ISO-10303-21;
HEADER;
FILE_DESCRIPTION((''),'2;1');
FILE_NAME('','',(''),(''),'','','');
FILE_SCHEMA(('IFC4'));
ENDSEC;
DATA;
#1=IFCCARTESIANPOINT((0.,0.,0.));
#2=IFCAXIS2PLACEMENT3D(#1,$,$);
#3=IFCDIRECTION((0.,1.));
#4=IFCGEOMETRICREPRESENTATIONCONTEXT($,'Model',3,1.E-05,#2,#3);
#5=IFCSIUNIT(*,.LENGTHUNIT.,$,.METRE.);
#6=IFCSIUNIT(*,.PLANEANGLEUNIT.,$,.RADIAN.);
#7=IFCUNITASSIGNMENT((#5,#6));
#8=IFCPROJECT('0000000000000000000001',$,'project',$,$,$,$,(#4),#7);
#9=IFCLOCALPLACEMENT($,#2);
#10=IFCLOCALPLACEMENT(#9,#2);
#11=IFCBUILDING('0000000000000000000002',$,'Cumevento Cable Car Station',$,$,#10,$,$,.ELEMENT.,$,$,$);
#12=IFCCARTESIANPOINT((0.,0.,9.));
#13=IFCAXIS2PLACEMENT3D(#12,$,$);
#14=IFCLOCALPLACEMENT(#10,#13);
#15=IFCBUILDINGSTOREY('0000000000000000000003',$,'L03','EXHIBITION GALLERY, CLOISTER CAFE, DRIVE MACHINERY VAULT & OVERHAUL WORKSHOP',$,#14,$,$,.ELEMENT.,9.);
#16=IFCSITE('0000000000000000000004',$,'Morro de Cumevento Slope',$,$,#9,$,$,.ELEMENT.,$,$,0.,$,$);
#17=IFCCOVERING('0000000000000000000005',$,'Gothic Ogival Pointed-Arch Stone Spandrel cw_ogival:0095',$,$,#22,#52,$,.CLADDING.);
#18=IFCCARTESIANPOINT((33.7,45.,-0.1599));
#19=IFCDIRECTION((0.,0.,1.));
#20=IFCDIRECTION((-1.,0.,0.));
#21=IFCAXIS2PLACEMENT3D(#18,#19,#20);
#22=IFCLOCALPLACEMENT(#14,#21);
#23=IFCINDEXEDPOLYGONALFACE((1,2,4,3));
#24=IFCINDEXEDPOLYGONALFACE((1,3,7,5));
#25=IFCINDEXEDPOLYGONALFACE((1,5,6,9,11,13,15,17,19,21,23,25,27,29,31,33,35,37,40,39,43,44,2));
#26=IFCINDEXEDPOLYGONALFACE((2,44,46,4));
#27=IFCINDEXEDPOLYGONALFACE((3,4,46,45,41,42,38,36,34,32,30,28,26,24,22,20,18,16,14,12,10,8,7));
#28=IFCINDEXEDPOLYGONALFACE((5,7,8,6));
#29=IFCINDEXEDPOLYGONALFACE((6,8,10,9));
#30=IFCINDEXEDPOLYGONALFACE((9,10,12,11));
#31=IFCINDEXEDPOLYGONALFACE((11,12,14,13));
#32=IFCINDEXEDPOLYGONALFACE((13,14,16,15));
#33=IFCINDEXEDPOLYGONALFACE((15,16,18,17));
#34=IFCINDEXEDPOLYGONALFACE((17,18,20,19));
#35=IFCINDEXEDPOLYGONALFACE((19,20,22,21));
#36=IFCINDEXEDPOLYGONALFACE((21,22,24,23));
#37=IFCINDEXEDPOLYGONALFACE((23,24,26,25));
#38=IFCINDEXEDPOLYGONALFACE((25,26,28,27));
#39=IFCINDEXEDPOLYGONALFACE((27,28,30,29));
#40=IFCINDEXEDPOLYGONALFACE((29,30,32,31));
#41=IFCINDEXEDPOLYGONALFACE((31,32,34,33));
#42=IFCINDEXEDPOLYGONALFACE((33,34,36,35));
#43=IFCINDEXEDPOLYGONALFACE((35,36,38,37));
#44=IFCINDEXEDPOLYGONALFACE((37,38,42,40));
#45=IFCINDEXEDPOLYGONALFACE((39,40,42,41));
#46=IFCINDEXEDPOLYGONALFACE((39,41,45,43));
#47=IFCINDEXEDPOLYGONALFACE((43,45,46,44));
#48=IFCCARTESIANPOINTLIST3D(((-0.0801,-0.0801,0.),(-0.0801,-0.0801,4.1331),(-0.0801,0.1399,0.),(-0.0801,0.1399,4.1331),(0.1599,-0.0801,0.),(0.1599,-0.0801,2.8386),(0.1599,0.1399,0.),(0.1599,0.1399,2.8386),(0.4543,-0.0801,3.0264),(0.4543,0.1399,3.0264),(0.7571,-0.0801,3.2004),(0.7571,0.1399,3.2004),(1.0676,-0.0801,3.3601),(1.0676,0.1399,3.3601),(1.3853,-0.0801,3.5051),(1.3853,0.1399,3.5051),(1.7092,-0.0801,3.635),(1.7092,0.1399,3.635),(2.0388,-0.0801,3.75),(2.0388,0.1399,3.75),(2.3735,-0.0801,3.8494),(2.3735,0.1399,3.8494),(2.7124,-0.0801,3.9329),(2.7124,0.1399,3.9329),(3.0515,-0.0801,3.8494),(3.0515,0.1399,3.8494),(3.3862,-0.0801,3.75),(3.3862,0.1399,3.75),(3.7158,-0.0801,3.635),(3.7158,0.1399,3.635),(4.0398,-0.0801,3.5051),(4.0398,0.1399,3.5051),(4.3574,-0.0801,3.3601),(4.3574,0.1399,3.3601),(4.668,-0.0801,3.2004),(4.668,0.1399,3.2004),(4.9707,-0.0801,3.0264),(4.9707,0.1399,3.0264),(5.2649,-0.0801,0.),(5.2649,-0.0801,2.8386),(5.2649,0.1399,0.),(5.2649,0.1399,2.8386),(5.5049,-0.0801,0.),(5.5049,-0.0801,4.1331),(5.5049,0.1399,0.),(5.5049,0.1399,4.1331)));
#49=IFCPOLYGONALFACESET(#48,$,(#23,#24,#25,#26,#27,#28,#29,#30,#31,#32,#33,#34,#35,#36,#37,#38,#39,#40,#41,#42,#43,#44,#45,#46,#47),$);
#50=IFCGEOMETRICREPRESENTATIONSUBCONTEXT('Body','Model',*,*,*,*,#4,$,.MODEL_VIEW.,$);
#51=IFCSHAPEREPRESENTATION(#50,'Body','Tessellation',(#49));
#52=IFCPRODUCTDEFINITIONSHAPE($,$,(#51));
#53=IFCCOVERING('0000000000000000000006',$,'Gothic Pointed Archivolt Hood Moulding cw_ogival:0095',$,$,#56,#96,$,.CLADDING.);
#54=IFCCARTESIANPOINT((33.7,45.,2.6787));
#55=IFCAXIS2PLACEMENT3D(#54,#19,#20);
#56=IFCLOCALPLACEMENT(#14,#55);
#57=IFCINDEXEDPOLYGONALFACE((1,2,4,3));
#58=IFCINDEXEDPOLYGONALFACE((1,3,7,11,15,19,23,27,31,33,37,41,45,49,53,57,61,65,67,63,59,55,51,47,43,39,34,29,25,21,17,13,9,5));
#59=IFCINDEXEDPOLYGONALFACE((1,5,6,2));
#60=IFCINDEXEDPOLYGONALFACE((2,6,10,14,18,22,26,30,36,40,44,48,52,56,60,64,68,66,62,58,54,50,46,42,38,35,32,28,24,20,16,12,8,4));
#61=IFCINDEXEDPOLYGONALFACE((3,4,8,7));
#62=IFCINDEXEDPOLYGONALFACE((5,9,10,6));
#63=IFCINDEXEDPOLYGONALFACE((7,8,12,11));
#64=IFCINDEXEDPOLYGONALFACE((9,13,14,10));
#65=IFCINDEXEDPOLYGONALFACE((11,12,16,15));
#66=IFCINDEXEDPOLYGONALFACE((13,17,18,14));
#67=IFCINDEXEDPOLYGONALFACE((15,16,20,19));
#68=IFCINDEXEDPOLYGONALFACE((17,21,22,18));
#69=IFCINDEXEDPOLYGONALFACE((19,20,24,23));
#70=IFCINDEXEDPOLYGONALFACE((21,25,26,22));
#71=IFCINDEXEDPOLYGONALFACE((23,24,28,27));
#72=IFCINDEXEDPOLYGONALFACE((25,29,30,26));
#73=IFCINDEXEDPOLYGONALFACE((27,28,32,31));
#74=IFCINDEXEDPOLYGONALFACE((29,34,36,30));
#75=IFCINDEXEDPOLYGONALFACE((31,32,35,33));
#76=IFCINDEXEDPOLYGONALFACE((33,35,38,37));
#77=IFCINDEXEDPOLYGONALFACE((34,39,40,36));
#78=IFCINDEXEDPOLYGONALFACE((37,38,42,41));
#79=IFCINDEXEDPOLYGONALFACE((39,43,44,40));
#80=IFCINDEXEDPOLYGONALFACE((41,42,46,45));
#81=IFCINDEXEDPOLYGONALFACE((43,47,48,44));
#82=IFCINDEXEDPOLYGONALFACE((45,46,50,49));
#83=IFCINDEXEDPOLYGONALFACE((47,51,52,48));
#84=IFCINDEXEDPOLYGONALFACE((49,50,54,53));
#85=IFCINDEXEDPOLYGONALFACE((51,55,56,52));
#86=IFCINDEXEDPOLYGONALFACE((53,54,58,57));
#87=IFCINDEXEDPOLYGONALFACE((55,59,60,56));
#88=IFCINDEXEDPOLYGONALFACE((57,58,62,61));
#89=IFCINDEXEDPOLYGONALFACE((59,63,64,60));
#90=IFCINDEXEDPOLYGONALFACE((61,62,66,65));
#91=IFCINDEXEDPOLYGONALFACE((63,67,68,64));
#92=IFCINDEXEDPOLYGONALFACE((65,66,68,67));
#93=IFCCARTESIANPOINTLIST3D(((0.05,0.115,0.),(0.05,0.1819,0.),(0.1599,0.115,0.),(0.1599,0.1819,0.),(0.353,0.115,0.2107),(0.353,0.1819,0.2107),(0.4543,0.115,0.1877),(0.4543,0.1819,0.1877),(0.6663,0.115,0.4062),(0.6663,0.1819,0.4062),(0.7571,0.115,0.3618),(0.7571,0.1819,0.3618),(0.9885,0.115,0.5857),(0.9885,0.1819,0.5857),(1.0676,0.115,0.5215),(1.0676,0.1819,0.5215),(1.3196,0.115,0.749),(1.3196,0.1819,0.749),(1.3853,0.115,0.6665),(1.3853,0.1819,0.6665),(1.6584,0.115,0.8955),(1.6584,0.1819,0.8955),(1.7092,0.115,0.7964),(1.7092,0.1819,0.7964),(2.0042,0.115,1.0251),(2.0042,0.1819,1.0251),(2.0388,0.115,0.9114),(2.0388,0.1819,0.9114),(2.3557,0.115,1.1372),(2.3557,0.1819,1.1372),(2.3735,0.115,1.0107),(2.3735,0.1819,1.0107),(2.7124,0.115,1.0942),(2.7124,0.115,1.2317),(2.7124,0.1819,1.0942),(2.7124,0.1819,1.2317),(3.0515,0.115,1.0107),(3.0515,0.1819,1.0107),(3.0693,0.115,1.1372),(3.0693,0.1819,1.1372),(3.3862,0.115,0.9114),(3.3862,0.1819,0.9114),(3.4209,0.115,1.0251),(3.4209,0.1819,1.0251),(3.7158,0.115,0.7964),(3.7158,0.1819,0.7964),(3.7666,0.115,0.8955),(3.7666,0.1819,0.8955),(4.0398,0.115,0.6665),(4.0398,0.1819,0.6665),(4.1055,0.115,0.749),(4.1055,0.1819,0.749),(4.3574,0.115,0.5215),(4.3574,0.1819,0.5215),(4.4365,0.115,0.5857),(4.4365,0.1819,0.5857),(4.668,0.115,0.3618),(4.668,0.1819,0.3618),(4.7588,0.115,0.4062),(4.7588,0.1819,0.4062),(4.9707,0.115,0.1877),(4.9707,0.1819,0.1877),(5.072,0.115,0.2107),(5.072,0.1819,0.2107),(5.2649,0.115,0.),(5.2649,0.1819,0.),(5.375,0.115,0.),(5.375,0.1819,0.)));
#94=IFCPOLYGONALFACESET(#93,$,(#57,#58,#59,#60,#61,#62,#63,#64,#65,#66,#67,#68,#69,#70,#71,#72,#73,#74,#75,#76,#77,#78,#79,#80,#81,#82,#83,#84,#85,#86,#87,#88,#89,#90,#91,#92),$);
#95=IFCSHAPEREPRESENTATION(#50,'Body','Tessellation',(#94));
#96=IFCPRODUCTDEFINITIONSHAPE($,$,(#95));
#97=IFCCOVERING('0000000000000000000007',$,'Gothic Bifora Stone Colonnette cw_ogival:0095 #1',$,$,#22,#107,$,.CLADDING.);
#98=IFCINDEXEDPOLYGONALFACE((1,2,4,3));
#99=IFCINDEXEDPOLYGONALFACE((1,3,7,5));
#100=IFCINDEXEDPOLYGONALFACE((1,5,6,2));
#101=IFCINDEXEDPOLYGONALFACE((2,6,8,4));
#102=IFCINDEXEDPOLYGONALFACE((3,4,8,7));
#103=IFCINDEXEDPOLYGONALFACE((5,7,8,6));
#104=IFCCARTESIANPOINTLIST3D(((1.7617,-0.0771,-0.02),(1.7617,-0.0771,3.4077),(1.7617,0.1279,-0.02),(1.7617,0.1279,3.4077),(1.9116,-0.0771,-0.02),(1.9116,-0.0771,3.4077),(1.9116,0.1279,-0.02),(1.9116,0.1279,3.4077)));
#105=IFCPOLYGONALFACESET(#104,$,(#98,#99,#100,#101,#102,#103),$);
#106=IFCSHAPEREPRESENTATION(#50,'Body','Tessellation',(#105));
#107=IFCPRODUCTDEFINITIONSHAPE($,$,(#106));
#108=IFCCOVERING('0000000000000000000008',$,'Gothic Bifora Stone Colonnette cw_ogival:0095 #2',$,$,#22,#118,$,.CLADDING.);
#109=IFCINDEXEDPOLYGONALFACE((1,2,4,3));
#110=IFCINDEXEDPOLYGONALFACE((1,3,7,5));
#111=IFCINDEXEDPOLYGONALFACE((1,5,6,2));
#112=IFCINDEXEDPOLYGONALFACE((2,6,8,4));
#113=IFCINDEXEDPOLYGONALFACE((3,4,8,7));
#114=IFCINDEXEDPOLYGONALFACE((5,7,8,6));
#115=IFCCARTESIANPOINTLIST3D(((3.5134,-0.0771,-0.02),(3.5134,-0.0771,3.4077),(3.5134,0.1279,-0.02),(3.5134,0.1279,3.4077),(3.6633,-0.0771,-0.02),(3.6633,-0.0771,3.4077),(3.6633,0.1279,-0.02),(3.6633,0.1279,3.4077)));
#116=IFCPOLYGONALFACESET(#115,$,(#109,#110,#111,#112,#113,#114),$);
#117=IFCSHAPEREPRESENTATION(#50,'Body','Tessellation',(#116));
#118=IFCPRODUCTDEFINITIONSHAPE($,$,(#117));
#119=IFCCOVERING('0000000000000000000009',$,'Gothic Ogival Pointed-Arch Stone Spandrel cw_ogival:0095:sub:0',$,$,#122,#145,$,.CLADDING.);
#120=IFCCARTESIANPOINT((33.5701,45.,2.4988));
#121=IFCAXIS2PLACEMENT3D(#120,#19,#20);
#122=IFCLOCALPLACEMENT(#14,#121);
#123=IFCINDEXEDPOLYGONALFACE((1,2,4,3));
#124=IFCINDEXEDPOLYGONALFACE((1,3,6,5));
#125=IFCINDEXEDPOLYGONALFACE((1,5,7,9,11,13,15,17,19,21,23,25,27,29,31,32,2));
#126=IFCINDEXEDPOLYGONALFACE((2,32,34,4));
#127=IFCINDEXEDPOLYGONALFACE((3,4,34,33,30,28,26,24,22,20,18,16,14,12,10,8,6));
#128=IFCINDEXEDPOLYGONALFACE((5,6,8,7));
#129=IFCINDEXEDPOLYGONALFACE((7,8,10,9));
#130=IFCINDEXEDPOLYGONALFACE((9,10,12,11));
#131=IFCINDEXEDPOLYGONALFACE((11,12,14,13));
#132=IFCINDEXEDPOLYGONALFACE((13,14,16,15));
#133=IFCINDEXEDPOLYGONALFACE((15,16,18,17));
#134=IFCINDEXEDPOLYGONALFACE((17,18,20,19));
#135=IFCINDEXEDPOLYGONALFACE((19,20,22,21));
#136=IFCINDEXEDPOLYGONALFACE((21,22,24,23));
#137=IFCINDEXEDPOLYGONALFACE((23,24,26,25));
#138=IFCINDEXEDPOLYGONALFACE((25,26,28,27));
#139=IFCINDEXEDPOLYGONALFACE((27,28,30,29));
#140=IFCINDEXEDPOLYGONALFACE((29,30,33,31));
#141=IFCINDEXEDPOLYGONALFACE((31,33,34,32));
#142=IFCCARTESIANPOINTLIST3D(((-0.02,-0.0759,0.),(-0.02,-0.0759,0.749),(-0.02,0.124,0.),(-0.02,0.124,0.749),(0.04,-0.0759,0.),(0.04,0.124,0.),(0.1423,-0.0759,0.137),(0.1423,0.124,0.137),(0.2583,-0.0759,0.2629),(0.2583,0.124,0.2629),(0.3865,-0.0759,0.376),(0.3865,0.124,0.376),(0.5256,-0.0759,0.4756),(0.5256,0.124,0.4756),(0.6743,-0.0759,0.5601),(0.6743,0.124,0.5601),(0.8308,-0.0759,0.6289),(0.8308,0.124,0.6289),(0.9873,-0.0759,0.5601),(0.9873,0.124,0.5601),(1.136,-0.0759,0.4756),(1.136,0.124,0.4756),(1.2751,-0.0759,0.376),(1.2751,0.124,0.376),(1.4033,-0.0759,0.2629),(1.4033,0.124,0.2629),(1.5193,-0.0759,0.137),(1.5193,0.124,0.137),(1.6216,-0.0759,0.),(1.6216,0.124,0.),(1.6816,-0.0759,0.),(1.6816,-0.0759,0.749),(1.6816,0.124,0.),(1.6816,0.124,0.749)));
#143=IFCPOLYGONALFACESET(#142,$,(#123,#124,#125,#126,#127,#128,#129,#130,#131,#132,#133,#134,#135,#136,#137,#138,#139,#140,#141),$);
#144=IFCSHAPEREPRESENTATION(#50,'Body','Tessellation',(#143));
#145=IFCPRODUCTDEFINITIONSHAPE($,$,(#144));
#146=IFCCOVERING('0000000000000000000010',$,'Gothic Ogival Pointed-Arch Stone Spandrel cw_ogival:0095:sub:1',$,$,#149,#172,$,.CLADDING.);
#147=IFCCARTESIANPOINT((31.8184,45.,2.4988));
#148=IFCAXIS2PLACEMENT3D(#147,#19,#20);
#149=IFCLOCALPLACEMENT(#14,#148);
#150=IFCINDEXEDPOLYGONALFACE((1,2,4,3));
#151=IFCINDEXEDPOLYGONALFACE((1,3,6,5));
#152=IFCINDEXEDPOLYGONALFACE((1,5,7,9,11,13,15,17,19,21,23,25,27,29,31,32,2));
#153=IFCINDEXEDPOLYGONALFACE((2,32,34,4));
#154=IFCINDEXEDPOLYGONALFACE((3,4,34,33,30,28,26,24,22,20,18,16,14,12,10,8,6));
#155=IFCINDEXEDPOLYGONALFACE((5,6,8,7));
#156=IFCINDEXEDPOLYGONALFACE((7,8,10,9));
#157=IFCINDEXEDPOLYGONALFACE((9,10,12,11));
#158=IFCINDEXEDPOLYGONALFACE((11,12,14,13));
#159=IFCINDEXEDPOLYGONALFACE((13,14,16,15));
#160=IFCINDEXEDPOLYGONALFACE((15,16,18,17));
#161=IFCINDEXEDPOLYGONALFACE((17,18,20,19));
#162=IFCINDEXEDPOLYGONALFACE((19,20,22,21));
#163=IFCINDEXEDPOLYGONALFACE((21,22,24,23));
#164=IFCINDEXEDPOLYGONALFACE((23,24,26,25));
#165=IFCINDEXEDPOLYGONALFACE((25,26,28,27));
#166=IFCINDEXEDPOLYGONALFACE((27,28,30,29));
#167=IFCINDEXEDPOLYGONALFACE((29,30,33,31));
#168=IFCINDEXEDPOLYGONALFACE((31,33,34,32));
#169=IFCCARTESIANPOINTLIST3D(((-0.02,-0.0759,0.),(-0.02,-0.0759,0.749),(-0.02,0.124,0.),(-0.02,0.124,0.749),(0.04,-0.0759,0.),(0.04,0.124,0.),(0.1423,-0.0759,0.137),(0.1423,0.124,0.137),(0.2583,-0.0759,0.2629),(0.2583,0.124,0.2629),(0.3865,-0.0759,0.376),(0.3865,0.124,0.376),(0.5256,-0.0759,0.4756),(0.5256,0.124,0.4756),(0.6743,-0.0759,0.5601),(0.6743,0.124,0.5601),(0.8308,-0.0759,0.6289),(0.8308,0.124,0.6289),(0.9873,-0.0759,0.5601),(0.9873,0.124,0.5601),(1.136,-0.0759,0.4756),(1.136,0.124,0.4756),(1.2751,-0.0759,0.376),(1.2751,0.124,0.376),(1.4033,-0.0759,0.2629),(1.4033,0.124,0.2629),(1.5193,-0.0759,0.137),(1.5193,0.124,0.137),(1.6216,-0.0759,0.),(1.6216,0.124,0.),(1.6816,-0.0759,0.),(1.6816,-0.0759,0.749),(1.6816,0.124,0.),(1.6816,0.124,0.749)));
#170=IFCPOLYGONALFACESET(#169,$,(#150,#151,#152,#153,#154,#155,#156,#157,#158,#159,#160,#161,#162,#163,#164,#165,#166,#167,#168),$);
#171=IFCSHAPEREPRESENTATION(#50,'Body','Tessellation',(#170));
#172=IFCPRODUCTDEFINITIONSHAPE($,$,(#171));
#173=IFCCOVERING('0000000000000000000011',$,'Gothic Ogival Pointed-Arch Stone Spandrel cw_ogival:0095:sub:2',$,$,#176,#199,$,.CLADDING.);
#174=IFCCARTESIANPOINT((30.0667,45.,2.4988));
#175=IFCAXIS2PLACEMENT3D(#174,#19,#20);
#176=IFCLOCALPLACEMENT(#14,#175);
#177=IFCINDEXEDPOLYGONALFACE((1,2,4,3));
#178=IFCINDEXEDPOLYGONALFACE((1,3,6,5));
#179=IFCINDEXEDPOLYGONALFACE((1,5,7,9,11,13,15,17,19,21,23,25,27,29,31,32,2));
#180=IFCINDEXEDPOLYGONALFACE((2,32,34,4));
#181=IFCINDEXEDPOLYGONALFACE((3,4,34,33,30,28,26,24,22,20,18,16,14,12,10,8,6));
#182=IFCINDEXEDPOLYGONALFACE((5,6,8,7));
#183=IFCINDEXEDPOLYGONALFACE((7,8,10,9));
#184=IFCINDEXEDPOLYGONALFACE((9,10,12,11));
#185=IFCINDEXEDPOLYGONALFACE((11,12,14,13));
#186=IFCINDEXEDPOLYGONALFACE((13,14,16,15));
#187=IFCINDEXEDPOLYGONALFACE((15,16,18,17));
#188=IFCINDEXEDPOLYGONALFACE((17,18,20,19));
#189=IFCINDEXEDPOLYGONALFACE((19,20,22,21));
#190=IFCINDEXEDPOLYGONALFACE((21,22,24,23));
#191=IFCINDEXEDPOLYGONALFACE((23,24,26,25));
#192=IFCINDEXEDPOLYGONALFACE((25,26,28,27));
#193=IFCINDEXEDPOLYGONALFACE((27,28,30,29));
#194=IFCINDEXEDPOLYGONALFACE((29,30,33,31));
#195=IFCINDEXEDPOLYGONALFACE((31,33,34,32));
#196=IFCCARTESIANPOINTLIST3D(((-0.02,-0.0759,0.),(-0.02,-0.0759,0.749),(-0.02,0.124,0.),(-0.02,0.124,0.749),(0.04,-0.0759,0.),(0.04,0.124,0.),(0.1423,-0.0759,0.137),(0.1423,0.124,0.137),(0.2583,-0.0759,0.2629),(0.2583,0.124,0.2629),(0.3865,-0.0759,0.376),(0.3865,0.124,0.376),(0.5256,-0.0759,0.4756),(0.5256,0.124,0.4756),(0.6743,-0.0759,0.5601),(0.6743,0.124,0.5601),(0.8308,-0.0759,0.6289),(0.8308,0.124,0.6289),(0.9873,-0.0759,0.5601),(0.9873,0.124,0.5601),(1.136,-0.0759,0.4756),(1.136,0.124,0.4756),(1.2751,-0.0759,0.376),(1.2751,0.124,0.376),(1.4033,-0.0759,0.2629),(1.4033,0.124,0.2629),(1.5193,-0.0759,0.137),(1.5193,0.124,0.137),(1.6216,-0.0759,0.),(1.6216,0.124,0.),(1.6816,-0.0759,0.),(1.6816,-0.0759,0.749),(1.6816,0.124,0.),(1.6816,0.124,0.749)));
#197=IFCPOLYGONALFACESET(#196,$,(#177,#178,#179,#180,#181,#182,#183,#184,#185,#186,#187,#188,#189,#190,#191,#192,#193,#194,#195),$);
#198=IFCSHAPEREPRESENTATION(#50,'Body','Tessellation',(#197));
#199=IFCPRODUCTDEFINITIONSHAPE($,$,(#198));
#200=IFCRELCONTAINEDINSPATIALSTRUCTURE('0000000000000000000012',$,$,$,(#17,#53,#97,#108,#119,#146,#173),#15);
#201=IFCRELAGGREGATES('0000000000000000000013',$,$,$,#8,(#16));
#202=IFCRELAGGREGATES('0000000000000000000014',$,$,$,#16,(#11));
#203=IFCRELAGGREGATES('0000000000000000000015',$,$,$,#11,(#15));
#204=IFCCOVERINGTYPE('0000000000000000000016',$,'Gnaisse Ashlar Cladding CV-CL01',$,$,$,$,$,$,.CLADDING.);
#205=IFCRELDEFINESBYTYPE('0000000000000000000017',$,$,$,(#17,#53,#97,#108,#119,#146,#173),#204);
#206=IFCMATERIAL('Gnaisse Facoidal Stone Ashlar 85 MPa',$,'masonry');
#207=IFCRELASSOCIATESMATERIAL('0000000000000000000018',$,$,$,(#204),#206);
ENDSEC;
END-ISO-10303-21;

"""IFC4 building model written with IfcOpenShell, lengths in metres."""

from ifc_helpers import new_model, si_unit, direction, frame, origin, place, context, subcontext, project, spatial, polyline, outline, extrude, material, type_object, element, save


model = new_model("IFC4")

# Units and contexts
model_context = context("Model", 3, precision=1e-05, world=origin(), true_north=direction((0.0, 1.0)))
body_context = subcontext(model_context, "Body", "Model", "MODEL_VIEW")
ifc_project = project(units=[si_unit("LENGTHUNIT", "METRE"), si_unit("PLANEANGLEUNIT", "RADIAN")], contexts=[model_context])

# Site, building, storey
site_placement = place(None, origin())
site = spatial("IfcSite", under=ifc_project, at=site_placement, Name="Morro de Cumevento Slope", CompositionType="ELEMENT", RefElevation=0.0)
building_placement = place(site_placement, origin())
building = spatial("IfcBuilding", under=site, at=building_placement, Name="Cumevento Cable Car Station", CompositionType="ELEMENT")
storey_placement = place(building_placement, frame((0.0, 0.0, 9.0)))
storey = spatial("IfcBuildingStorey", under=building, at=storey_placement, Name="L03", Description="EXHIBITION GALLERY, CLOISTER CAFE, DRIVE MACHINERY VAULT & OVERHAUL WORKSHOP", CompositionType="ELEMENT", Elevation=9.0)

# Coverings
ifc_material_1 = material(Name="Gnaisse Facoidal Stone Ashlar 85 MPa", Category="masonry")
covering_type = type_object("IfcCoveringType", Name="Gnaisse Ashlar Cladding CV-CL01", PredefinedType="CLADDING", material=ifc_material_1)
placement = place(storey_placement, frame((33.7, 45.0, -0.1599), z_axis=(0.0, 0.0, 1.0), x_axis=(-1.0, 0.0, 0.0)))
element("IfcCovering", 1, at=placement, inside=storey, type_object=covering_type, Name="Gothic Ogival Pointed-Arch Stone Spandrel cw_ogival:0095", PredefinedType="CLADDING", context=body_context, shape_type="SweptSolid", body=[
    extrude(outline(polyline([(-0.0801, 0.0), (-0.0801, 4.1331), (5.5049, 4.1331), (5.5049, 0.0), (5.2649, 0.0), (5.2649, 2.8386), (4.9707, 3.0264), (4.668, 3.2004), (4.3574, 3.3601), (4.0398, 3.5051), (3.7158, 3.635), (3.3862, 3.75), (3.0515, 3.8494), (2.7124, 3.9329), (2.3735, 3.8494), (2.0388, 3.75), (1.7092, 3.635), (1.3853, 3.5051), (1.0676, 3.3601), (0.7571, 3.2004), (0.4543, 3.0264), (0.1599, 2.8386), (0.1599, 0.0), (-0.0801, 0.0)])), frame((0.0, 0.1399, 0.0), z_axis=(0.0, -1.0, 0.0), x_axis=(1.0, 0.0, 0.0)), (0.0, 0.0, 1.0), 0.22),
])
covering_1_placement = place(storey_placement, frame((33.7, 45.0, 2.6787), z_axis=(0.0, 0.0, 1.0), x_axis=(-1.0, 0.0, 0.0)))
element("IfcCovering", 2, at=covering_1_placement, inside=storey, type_object=covering_type, Name="Gothic Pointed Archivolt Hood Moulding cw_ogival:0095", PredefinedType="CLADDING", context=body_context, shape_type="SweptSolid", body=[
    extrude(outline(polyline([(0.1599, 0.0), (0.4543, 0.1877), (0.7571, 0.3618), (1.0676, 0.5215), (1.3853, 0.6665), (1.7092, 0.7964), (2.0388, 0.9114), (2.3735, 1.0107), (2.7124, 1.0942), (3.0515, 1.0107), (3.3862, 0.9114), (3.7158, 0.7964), (4.0398, 0.6665), (4.3574, 0.5215), (4.668, 0.3618), (4.9707, 0.1877), (5.2649, 0.0), (5.375, 0.0), (5.072, 0.2107), (4.7588, 0.4062), (4.4365, 0.5857), (4.1055, 0.749), (3.7666, 0.8955), (3.4209, 1.0251), (3.0693, 1.1372), (2.7124, 1.2317), (2.3557, 1.1372), (2.0042, 1.0251), (1.6584, 0.8955), (1.3196, 0.749), (0.9885, 0.5857), (0.6663, 0.4062), (0.353, 0.2107), (0.05, 0.0), (0.1599, 0.0)])), frame((0.0, 0.1819, 0.0), z_axis=(0.0, -1.0, 0.0), x_axis=(1.0, 0.0, 0.0)), (0.0, 0.0, 1.0), 0.0669),
])
element("IfcCovering", 3, at=placement, inside=storey, type_object=covering_type, Name="Gothic Bifora Stone Colonnette cw_ogival:0095 #1", PredefinedType="CLADDING", context=body_context, shape_type="SweptSolid", body=[
    extrude(outline(polyline([(1.7617, -0.02), (1.9116, -0.02), (1.9116, 3.4077), (1.7617, 3.4077), (1.7617, -0.02)])), frame((0.0, 0.1279, 0.0), z_axis=(0.0, -1.0, 0.0), x_axis=(1.0, 0.0, 0.0)), (0.0, 0.0, 1.0), 0.2051),
])
element("IfcCovering", 4, at=placement, inside=storey, type_object=covering_type, Name="Gothic Bifora Stone Colonnette cw_ogival:0095 #2", PredefinedType="CLADDING", context=body_context, shape_type="SweptSolid", body=[
    extrude(outline(polyline([(3.5134, -0.02), (3.6633, -0.02), (3.6633, 3.4077), (3.5134, 3.4077), (3.5134, -0.02)])), frame((0.0, 0.1279, 0.0), z_axis=(0.0, -1.0, 0.0), x_axis=(1.0, 0.0, 0.0)), (0.0, 0.0, 1.0), 0.2051),
])
for number, where, z_axis, x_axis, name in (
    (5, (33.5701, 45.0, 2.4988), (0.0, 0.0, 1.0), (-1.0, 0.0, 0.0), "Gothic Ogival Pointed-Arch Stone Spandrel cw_ogival:0095:sub:0"),
    (6, (31.8184, 45.0, 2.4988), (0.0, 0.0, 1.0), (-1.0, 0.0, 0.0), "Gothic Ogival Pointed-Arch Stone Spandrel cw_ogival:0095:sub:1"),
    (7, (30.0667, 45.0, 2.4988), (0.0, 0.0, 1.0), (-1.0, 0.0, 0.0), "Gothic Ogival Pointed-Arch Stone Spandrel cw_ogival:0095:sub:2"),
):
    element("IfcCovering", number, at=place(storey_placement, frame(where, z_axis=z_axis, x_axis=x_axis)), inside=storey, type_object=covering_type, Name=name, PredefinedType="CLADDING", context=body_context, shape_type="SweptSolid", body=[
        extrude(outline(polyline([(-0.02, 0.0), (-0.02, 0.749), (1.6816, 0.749), (1.6816, 0.0), (1.6216, 0.0), (1.5193, 0.137), (1.4033, 0.2629), (1.2751, 0.376), (1.136, 0.4756), (0.9873, 0.5601), (0.8308, 0.6289), (0.6743, 0.5601), (0.5256, 0.4756), (0.3865, 0.376), (0.2583, 0.2629), (0.1423, 0.137), (0.04, 0.0), (-0.02, 0.0)])), frame((0.0, 0.124, 0.0), z_axis=(0.0, -1.0, 0.0), x_axis=(1.0, 0.0, 0.0)), (0.0, 0.0, 1.0), 0.2),
    ])

save(model, "model.ifc")
